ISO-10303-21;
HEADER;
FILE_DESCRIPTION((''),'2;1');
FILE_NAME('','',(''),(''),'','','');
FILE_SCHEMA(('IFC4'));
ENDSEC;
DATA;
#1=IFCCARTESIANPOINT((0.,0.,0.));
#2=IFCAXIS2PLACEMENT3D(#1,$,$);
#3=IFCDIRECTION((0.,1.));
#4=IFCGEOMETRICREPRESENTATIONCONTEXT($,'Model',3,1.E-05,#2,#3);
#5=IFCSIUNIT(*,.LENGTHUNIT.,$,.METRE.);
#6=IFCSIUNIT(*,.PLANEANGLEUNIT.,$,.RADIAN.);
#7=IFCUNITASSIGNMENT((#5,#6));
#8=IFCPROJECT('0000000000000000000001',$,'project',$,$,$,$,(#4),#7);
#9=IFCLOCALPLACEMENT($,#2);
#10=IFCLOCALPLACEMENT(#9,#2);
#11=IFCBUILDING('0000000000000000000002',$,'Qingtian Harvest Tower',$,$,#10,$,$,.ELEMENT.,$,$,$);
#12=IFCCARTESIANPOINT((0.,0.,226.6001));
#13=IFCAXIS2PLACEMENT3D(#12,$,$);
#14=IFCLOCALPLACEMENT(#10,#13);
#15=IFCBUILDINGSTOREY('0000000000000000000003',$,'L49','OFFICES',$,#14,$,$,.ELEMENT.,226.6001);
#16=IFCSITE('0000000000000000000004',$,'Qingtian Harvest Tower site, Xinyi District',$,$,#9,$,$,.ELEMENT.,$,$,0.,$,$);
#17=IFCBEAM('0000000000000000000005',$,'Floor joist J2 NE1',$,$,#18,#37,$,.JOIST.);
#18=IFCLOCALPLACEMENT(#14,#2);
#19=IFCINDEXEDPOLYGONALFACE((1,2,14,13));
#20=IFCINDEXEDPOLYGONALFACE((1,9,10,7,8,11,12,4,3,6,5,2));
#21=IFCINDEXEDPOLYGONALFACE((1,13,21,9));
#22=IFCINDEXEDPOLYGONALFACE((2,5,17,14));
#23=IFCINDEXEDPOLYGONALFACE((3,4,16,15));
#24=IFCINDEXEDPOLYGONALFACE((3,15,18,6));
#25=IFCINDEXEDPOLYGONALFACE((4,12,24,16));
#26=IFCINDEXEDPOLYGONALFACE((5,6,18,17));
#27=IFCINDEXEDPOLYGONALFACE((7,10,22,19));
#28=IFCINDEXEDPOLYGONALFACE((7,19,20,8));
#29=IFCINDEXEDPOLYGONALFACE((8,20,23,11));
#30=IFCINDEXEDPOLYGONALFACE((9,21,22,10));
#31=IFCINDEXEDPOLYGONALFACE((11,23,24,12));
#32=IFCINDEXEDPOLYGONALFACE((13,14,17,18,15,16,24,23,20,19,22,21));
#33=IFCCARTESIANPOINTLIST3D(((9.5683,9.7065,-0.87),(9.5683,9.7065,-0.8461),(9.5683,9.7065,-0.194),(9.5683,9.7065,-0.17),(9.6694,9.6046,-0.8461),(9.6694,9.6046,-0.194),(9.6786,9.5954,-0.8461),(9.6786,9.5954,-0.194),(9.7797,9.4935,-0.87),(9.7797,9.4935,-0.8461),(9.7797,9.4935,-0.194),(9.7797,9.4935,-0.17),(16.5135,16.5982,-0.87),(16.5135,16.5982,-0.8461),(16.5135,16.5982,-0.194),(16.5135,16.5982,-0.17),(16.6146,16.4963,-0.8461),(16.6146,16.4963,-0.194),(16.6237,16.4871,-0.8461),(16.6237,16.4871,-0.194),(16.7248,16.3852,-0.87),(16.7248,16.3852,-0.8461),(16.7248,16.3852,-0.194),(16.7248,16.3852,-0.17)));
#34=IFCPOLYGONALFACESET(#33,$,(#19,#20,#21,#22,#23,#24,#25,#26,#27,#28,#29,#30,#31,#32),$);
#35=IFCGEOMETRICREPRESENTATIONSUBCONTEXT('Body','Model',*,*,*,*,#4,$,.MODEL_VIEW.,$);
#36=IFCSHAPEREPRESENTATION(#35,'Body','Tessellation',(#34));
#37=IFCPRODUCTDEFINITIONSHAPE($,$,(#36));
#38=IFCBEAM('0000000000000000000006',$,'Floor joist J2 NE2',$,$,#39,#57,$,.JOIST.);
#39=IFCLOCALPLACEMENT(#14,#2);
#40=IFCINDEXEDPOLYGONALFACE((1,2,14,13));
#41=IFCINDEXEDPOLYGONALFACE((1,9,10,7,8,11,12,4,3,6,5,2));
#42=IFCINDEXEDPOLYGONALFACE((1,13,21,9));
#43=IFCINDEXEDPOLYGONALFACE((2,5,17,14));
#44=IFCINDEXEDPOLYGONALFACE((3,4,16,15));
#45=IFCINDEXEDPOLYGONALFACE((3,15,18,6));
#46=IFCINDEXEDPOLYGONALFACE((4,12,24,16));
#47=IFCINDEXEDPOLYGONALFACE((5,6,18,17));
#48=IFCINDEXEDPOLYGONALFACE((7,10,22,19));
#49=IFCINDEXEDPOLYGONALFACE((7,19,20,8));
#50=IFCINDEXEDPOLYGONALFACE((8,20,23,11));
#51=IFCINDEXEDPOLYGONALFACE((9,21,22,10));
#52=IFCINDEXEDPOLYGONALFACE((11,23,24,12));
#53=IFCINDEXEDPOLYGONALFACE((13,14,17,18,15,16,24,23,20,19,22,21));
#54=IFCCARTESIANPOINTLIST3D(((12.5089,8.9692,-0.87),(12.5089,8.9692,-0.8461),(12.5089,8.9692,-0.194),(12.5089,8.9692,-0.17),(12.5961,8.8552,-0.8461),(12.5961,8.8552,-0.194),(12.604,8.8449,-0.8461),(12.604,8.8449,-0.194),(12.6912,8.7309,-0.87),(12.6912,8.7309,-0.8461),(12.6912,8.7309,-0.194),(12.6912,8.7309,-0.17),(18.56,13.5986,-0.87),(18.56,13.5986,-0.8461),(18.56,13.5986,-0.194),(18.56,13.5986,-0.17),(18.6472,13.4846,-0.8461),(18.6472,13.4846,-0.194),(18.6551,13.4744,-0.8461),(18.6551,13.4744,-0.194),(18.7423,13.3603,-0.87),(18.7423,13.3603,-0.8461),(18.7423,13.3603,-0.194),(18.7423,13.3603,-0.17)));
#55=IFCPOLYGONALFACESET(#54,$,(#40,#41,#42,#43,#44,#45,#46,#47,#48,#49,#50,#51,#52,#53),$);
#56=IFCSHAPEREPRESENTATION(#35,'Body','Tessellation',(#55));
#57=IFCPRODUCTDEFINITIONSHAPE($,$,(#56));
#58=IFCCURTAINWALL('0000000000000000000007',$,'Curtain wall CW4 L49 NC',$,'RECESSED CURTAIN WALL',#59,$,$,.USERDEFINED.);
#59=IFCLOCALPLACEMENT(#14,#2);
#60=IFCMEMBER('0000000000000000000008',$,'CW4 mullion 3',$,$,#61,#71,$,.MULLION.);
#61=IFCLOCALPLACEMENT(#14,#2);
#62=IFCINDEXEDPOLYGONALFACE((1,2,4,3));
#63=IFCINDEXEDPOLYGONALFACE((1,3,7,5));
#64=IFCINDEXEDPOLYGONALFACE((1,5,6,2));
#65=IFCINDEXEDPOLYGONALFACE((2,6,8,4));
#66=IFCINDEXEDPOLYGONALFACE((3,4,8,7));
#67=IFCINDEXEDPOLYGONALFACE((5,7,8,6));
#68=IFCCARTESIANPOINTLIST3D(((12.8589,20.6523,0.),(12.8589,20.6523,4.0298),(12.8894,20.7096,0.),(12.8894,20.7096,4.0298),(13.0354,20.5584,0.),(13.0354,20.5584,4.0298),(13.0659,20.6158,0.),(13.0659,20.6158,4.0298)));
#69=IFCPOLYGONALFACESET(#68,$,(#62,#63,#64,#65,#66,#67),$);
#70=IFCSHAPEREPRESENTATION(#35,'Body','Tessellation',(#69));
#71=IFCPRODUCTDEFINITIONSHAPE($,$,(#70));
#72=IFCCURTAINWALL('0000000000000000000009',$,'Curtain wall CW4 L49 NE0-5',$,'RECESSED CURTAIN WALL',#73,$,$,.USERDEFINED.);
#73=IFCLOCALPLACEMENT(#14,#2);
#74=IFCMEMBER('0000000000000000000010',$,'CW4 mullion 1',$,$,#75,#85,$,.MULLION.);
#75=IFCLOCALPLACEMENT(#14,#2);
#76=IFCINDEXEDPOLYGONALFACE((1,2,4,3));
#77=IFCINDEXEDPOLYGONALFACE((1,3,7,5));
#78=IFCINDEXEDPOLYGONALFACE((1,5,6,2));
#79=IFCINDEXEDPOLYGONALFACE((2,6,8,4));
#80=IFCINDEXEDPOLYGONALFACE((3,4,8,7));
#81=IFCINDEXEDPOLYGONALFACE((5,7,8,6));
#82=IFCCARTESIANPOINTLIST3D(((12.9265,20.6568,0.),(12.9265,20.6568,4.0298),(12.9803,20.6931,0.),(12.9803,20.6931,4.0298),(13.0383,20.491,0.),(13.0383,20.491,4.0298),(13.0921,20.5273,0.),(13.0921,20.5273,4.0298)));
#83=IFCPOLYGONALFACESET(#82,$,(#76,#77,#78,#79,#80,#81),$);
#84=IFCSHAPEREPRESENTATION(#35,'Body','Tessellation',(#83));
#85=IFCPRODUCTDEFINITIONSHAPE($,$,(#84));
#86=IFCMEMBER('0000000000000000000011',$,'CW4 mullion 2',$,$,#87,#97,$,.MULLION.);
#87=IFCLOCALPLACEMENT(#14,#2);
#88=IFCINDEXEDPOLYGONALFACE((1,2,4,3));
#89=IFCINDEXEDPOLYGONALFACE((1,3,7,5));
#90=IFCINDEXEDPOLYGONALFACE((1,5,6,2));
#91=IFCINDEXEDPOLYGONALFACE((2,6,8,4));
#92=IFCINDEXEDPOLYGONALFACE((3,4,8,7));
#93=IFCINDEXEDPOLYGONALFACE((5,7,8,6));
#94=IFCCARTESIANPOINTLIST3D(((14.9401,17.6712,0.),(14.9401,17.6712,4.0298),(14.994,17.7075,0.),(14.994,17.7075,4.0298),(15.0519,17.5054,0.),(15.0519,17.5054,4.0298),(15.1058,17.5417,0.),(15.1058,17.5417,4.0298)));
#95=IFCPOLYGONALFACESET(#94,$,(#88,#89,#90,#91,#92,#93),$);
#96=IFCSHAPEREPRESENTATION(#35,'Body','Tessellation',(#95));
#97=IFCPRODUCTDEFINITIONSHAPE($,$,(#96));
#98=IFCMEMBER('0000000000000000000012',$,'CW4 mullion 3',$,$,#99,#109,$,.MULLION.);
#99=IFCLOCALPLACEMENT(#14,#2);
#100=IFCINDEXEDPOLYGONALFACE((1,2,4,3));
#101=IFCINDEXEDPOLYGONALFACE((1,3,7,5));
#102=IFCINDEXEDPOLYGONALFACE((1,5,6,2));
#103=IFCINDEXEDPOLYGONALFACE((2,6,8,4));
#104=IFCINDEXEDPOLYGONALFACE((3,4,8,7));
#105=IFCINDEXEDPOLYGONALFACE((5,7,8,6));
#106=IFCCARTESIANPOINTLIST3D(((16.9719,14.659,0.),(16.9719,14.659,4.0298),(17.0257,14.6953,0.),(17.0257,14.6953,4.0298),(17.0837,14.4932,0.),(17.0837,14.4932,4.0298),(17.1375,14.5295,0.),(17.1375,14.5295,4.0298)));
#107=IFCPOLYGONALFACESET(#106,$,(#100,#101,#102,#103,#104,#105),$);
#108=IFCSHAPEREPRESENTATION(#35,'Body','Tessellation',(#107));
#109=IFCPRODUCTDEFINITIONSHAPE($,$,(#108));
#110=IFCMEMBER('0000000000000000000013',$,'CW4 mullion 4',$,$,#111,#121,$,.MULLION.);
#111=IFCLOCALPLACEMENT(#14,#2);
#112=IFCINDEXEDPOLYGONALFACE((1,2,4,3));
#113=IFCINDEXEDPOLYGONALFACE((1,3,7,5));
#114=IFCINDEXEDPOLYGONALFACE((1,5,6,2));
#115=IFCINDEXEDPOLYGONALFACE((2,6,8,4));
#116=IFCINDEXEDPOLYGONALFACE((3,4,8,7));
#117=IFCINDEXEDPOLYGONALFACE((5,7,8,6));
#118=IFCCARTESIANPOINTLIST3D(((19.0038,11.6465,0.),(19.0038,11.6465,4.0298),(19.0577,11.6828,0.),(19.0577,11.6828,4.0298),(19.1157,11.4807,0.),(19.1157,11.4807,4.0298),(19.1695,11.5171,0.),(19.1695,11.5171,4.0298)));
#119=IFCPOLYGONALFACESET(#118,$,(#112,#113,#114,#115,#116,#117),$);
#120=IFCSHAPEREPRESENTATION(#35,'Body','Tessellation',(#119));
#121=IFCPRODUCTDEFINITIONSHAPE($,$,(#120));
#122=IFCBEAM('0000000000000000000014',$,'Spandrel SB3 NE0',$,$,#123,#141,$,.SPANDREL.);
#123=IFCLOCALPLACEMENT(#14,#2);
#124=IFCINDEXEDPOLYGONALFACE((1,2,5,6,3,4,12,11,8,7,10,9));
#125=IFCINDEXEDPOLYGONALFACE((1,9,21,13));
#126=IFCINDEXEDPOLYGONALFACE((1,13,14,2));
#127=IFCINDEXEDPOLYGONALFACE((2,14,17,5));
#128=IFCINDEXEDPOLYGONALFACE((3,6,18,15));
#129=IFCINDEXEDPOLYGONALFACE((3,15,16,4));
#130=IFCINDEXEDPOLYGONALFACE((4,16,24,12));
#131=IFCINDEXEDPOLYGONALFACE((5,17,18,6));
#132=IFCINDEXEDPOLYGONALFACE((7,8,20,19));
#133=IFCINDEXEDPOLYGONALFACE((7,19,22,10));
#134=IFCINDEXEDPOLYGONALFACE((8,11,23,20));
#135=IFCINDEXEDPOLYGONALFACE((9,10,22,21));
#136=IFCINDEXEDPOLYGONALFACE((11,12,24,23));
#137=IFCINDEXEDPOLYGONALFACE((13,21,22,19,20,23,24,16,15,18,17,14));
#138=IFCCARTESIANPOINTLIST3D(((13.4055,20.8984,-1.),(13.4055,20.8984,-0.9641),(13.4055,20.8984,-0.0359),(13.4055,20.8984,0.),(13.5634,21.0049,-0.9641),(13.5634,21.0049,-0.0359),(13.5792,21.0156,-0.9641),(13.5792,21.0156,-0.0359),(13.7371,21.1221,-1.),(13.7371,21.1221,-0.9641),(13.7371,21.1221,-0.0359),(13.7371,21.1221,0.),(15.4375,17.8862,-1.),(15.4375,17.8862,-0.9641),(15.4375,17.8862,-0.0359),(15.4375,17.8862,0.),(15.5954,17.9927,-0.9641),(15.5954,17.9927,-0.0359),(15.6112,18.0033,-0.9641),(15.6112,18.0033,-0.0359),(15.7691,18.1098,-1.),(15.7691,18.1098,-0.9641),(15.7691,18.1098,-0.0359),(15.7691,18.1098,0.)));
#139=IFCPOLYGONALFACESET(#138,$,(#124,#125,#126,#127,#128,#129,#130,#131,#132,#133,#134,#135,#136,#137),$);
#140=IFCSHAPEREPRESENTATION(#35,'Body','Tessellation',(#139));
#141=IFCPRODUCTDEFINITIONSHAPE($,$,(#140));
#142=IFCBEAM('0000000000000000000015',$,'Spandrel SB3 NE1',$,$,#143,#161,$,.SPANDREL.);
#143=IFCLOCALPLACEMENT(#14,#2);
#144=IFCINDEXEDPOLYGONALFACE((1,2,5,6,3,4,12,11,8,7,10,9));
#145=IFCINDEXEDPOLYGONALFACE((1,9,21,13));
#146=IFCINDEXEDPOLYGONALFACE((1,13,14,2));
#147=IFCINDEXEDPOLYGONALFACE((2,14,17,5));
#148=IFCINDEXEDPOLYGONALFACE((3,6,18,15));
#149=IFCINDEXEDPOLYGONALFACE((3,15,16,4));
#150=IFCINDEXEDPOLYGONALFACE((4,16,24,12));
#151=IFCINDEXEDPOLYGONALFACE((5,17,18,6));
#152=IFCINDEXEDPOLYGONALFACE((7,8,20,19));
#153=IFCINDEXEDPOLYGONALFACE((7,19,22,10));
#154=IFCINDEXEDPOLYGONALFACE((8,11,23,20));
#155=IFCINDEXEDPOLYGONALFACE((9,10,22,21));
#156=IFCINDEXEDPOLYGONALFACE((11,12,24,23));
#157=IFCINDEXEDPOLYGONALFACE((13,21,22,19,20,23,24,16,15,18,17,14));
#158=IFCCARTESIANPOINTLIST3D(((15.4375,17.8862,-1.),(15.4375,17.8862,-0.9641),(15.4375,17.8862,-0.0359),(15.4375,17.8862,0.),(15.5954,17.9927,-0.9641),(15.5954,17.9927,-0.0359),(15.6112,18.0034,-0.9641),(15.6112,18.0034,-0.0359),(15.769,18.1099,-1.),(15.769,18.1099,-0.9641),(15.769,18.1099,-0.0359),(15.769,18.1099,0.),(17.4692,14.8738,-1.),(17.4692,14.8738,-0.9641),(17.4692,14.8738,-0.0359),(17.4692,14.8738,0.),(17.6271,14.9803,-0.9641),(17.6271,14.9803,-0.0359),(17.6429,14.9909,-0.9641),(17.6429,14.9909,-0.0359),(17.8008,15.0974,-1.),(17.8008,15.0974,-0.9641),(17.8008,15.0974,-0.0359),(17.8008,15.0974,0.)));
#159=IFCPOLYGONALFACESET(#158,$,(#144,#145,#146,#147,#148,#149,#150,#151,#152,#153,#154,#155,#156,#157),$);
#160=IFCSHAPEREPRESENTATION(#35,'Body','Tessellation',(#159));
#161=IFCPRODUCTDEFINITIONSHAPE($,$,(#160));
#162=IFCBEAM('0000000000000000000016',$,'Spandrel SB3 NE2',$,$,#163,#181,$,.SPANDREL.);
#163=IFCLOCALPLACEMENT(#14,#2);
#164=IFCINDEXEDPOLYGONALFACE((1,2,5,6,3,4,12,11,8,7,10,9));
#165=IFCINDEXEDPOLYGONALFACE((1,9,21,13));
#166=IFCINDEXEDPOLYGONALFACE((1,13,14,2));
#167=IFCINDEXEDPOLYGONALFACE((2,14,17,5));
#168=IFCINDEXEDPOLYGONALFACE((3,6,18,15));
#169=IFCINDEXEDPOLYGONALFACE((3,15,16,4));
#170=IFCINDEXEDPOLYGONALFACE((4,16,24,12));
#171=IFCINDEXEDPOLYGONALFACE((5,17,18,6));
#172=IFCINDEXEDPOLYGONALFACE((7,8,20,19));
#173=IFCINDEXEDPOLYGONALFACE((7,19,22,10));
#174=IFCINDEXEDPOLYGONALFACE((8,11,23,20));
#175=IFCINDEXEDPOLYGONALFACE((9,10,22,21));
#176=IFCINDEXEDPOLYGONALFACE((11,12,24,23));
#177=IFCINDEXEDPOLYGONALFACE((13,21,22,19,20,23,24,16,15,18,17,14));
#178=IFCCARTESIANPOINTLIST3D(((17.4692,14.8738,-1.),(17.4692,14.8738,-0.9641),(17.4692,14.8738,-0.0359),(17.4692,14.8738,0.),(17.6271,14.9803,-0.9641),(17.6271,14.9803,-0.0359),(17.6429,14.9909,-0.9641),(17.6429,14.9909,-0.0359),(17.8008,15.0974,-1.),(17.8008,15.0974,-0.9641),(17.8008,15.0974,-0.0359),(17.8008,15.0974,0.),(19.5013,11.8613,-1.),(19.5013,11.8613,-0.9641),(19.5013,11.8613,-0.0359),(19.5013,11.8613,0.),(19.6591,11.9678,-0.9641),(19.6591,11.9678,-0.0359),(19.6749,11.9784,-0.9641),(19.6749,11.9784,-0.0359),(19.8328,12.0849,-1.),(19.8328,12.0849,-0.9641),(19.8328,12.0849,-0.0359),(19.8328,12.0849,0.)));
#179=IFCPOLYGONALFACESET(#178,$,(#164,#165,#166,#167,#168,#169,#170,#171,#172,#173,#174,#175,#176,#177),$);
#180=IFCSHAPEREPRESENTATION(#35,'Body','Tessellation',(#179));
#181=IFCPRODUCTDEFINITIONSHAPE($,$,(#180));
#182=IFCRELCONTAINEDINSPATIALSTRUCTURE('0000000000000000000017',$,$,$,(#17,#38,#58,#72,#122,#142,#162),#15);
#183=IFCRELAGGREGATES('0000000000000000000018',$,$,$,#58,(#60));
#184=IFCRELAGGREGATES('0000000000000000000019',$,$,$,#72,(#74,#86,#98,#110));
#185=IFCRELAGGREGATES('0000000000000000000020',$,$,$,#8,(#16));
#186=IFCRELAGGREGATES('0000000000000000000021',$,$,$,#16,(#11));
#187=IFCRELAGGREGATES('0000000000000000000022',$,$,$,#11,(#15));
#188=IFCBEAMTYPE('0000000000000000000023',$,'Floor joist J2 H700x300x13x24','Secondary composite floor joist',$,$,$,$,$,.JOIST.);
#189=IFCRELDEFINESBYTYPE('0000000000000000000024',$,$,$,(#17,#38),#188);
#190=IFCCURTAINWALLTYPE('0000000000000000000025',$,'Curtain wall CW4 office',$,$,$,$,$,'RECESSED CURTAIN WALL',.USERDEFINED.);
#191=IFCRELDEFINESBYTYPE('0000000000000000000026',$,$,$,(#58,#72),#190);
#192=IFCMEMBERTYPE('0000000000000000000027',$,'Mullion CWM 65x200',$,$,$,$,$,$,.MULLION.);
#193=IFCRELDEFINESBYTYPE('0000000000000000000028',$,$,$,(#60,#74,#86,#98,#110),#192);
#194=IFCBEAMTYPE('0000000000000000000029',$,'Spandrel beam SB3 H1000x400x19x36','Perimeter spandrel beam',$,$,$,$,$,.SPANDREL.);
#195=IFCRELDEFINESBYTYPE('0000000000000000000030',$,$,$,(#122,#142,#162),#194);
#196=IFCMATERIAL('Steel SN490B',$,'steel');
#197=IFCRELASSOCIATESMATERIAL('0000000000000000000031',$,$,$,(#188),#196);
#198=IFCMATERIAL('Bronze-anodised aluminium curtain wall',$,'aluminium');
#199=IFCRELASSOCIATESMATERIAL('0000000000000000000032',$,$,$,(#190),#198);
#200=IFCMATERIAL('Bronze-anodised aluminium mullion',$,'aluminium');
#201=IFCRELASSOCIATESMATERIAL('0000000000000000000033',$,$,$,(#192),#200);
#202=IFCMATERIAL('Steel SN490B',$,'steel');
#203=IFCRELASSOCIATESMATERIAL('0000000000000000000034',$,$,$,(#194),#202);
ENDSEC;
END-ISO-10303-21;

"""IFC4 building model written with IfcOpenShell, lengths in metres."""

from ifc_helpers import new_model, si_unit, direction, frame, origin, origin_2d, place, context, subcontext, project, spatial, rectangle, i_section, extrude, material, material_profile, profile_set, type_object, element, aggregate, save


model = new_model("IFC4")

# Units and contexts
model_context = context("Model", 3, precision=1e-05, world=origin(), true_north=direction((0.0, 1.0)))
body_context = subcontext(model_context, "Body", "Model", "MODEL_VIEW")
ifc_project = project(units=[si_unit("LENGTHUNIT", "METRE"), si_unit("PLANEANGLEUNIT", "RADIAN")], contexts=[model_context])

# Site, building, storey
site_placement = place(None, origin())
site = spatial("IfcSite", under=ifc_project, at=site_placement, Name="Qingtian Harvest Tower site, Xinyi District", CompositionType="ELEMENT", RefElevation=0.0)
building_placement = place(site_placement, origin())
building = spatial("IfcBuilding", under=site, at=building_placement, Name="Qingtian Harvest Tower", CompositionType="ELEMENT")
storey_placement = place(building_placement, frame((0.0, 0.0, 226.6001)))
storey = spatial("IfcBuildingStorey", under=building, at=storey_placement, Name="L49", Description="OFFICES", CompositionType="ELEMENT", Elevation=226.6001)

# Beams
ifc_material_1 = material(Name="Steel SN490B", Category="steel")
ifc_material_profile_1 = material_profile(ifc_material_1, i_section(OverallWidth=0.3, OverallDepth=0.7, WebThickness=0.0129, FlangeThickness=0.0239, at=origin_2d()), Name="H700x300x13x24")
ifc_profile_set_1 = profile_set([ifc_material_profile_1], Name="Steel SN490B")
beam_type_1 = type_object("IfcBeamType", Name="Floor joist J2 H700x300x13x24", Description="Secondary composite floor joist", PredefinedType="JOIST", material=ifc_profile_set_1)
beam_1_placement = place(storey_placement, frame((16.6191, 16.4917, -0.52), z_axis=(-0.709834, -0.704369, 0.0), x_axis=(0.704369, -0.709834, 0.0)))
element("IfcBeam", 1, at=beam_1_placement, inside=storey, type_object=beam_type_1, Name="Floor joist J2 NE1", PredefinedType="JOIST", context=body_context, shape_type="SweptSolid", body=[
    extrude(i_section(OverallWidth=0.3, OverallDepth=0.7, WebThickness=0.0129, FlangeThickness=0.0239, at=origin_2d()), origin(), (0.0, 0.0, 1.0), 9.7842),
])
beam_2_placement = place(storey_placement, frame((18.6511, 13.4795, -0.52), z_axis=(-0.794222, -0.607627, 0.0), x_axis=(0.607627, -0.794222, 0.0)))
element("IfcBeam", 2, at=beam_2_placement, inside=storey, type_object=beam_type_1, Name="Floor joist J2 NE2", PredefinedType="JOIST", context=body_context, shape_type="SweptSolid", body=[
    extrude(i_section(OverallWidth=0.3, OverallDepth=0.7, WebThickness=0.0129, FlangeThickness=0.0239, at=origin_2d()), origin(), (0.0, 0.0, 1.0), 7.6189),
])

# Curtain wall, member
ifc_material_2 = material(Name="Bronze-anodised aluminium curtain wall", Category="aluminium")
curtain_wall_type = type_object("IfcCurtainWallType", Name="Curtain wall CW4 office", ElementType="RECESSED CURTAIN WALL", PredefinedType="USERDEFINED", material=ifc_material_2)
curtain_wall_1_placement = place(storey_placement, origin())
curtain_wall_1 = element("IfcCurtainWall", 3, at=curtain_wall_1_placement, inside=storey, type_object=curtain_wall_type, Name="Curtain wall CW4 L49 NC", ObjectType="RECESSED CURTAIN WALL", PredefinedType="USERDEFINED")
ifc_material_3 = material(Name="Bronze-anodised aluminium mullion", Category="aluminium")
ifc_material_profile_2 = material_profile(ifc_material_3, rectangle(XDim=0.0649, YDim=0.2, at=origin_2d()), Name="AL 65x200")
ifc_profile_set_2 = profile_set([ifc_material_profile_2], Name="Bronze-anodised aluminium mullion")
member_type_1 = type_object("IfcMemberType", Name="Mullion CWM 65x200", PredefinedType="MULLION", material=ifc_profile_set_2)
member_1_placement = place(storey_placement, frame((12.9624, 20.634, 0.0), z_axis=(0.0, 0.0, 1.0), x_axis=(0.469472, 0.882948, 0.0)))
member_1 = element("IfcMember", 4, at=member_1_placement, type_object=member_type_1, Name="CW4 mullion 3", PredefinedType="MULLION", context=body_context, shape_type="SweptSolid", body=[
    extrude(rectangle(XDim=0.0649, YDim=0.2, at=origin_2d()), origin(), (0.0, 0.0, 1.0), 4.0298),
])

# Curtain wall, members
curtain_wall_2_placement = place(storey_placement, origin())
curtain_wall_2 = element("IfcCurtainWall", 5, at=curtain_wall_2_placement, inside=storey, type_object=curtain_wall_type, Name="Curtain wall CW4 L49 NE0-5", ObjectType="RECESSED CURTAIN WALL", PredefinedType="USERDEFINED")
member_2_placement = place(storey_placement, frame((13.0093, 20.592, 0.0), z_axis=(0.0, 0.0, 1.0), x_axis=(0.829038, 0.559193, 0.0)))
member_2 = element("IfcMember", 6, at=member_2_placement, type_object=member_type_1, Name="CW4 mullion 1", PredefinedType="MULLION", context=body_context, shape_type="SweptSolid", body=[
    extrude(rectangle(XDim=0.0649, YDim=0.2, at=origin_2d()), origin(), (0.0, 0.0, 1.0), 4.0298),
])
member_3_placement = place(storey_placement, frame((15.0229, 17.6064, 0.0), z_axis=(0.0, 0.0, 1.0), x_axis=(0.829038, 0.559193, 0.0)))
member_3 = element("IfcMember", 7, at=member_3_placement, type_object=member_type_1, Name="CW4 mullion 2", PredefinedType="MULLION", context=body_context, shape_type="SweptSolid", body=[
    extrude(rectangle(XDim=0.0649, YDim=0.2, at=origin_2d()), origin(), (0.0, 0.0, 1.0), 4.0298),
])
member_4_placement = place(storey_placement, frame((17.0547, 14.5942, 0.0), z_axis=(0.0, 0.0, 1.0), x_axis=(0.829038, 0.559193, 0.0)))
member_4 = element("IfcMember", 8, at=member_4_placement, type_object=member_type_1, Name="CW4 mullion 3", PredefinedType="MULLION", context=body_context, shape_type="SweptSolid", body=[
    extrude(rectangle(XDim=0.0649, YDim=0.2, at=origin_2d()), origin(), (0.0, 0.0, 1.0), 4.0298),
])
member_5_placement = place(storey_placement, frame((19.0867, 11.5818, 0.0), z_axis=(0.0, 0.0, 1.0), x_axis=(0.829038, 0.559193, 0.0)))
member_5 = element("IfcMember", 9, at=member_5_placement, type_object=member_type_1, Name="CW4 mullion 4", PredefinedType="MULLION", context=body_context, shape_type="SweptSolid", body=[
    extrude(rectangle(XDim=0.0649, YDim=0.2, at=origin_2d()), origin(), (0.0, 0.0, 1.0), 4.0298),
])

# Beams
ifc_material_4 = material(Name="Steel SN490B", Category="steel")
ifc_material_profile_3 = material_profile(ifc_material_4, i_section(OverallWidth=0.3999, OverallDepth=1.0, WebThickness=0.019, FlangeThickness=0.0359, at=origin_2d()), Name="H1000x400x19x36")
ifc_profile_set_3 = profile_set([ifc_material_profile_3], Name="Steel SN490B")
beam_type_2 = type_object("IfcBeamType", Name="Spandrel beam SB3 H1000x400x19x36", Description="Perimeter spandrel beam", PredefinedType="SPANDREL", material=ifc_profile_set_3)
for number, where, z_axis, x_axis, name in (
    (10, (13.5713, 21.0103, -0.5), (0.559235, -0.829009, 0.0), (0.829009, 0.559235, 0.0), "Spandrel SB3 NE0"),
    (11, (15.6033, 17.998, -0.5), (0.559158, -0.829061, 0.0), (0.829061, 0.559158, 0.0), "Spandrel SB3 NE1"),
):
    element("IfcBeam", number, at=place(storey_placement, frame(where, z_axis=z_axis, x_axis=x_axis)), inside=storey, type_object=beam_type_2, Name=name, PredefinedType="SPANDREL", context=body_context, shape_type="SweptSolid", body=[
        extrude(i_section(OverallWidth=0.3999, OverallDepth=1.0, WebThickness=0.019, FlangeThickness=0.0359, at=origin_2d()), origin(), (0.0, 0.0, 1.0), 3.6335),
    ])
beam_3_placement = place(storey_placement, frame((17.635, 14.9856, -0.5), z_axis=(0.559204, -0.82903, 0.0), x_axis=(0.82903, 0.559204, 0.0)))
element("IfcBeam", 12, at=beam_3_placement, inside=storey, type_object=beam_type_2, Name="Spandrel SB3 NE2", PredefinedType="SPANDREL", context=body_context, shape_type="SweptSolid", body=[
    extrude(i_section(OverallWidth=0.3999, OverallDepth=1.0, WebThickness=0.019, FlangeThickness=0.0359, at=origin_2d()), origin(), (0.0, 0.0, 1.0), 3.6338),
])

aggregate(curtain_wall_1, [member_1])
aggregate(curtain_wall_2, [member_2, member_3, member_4, member_5])

save(model, "model.ifc")
